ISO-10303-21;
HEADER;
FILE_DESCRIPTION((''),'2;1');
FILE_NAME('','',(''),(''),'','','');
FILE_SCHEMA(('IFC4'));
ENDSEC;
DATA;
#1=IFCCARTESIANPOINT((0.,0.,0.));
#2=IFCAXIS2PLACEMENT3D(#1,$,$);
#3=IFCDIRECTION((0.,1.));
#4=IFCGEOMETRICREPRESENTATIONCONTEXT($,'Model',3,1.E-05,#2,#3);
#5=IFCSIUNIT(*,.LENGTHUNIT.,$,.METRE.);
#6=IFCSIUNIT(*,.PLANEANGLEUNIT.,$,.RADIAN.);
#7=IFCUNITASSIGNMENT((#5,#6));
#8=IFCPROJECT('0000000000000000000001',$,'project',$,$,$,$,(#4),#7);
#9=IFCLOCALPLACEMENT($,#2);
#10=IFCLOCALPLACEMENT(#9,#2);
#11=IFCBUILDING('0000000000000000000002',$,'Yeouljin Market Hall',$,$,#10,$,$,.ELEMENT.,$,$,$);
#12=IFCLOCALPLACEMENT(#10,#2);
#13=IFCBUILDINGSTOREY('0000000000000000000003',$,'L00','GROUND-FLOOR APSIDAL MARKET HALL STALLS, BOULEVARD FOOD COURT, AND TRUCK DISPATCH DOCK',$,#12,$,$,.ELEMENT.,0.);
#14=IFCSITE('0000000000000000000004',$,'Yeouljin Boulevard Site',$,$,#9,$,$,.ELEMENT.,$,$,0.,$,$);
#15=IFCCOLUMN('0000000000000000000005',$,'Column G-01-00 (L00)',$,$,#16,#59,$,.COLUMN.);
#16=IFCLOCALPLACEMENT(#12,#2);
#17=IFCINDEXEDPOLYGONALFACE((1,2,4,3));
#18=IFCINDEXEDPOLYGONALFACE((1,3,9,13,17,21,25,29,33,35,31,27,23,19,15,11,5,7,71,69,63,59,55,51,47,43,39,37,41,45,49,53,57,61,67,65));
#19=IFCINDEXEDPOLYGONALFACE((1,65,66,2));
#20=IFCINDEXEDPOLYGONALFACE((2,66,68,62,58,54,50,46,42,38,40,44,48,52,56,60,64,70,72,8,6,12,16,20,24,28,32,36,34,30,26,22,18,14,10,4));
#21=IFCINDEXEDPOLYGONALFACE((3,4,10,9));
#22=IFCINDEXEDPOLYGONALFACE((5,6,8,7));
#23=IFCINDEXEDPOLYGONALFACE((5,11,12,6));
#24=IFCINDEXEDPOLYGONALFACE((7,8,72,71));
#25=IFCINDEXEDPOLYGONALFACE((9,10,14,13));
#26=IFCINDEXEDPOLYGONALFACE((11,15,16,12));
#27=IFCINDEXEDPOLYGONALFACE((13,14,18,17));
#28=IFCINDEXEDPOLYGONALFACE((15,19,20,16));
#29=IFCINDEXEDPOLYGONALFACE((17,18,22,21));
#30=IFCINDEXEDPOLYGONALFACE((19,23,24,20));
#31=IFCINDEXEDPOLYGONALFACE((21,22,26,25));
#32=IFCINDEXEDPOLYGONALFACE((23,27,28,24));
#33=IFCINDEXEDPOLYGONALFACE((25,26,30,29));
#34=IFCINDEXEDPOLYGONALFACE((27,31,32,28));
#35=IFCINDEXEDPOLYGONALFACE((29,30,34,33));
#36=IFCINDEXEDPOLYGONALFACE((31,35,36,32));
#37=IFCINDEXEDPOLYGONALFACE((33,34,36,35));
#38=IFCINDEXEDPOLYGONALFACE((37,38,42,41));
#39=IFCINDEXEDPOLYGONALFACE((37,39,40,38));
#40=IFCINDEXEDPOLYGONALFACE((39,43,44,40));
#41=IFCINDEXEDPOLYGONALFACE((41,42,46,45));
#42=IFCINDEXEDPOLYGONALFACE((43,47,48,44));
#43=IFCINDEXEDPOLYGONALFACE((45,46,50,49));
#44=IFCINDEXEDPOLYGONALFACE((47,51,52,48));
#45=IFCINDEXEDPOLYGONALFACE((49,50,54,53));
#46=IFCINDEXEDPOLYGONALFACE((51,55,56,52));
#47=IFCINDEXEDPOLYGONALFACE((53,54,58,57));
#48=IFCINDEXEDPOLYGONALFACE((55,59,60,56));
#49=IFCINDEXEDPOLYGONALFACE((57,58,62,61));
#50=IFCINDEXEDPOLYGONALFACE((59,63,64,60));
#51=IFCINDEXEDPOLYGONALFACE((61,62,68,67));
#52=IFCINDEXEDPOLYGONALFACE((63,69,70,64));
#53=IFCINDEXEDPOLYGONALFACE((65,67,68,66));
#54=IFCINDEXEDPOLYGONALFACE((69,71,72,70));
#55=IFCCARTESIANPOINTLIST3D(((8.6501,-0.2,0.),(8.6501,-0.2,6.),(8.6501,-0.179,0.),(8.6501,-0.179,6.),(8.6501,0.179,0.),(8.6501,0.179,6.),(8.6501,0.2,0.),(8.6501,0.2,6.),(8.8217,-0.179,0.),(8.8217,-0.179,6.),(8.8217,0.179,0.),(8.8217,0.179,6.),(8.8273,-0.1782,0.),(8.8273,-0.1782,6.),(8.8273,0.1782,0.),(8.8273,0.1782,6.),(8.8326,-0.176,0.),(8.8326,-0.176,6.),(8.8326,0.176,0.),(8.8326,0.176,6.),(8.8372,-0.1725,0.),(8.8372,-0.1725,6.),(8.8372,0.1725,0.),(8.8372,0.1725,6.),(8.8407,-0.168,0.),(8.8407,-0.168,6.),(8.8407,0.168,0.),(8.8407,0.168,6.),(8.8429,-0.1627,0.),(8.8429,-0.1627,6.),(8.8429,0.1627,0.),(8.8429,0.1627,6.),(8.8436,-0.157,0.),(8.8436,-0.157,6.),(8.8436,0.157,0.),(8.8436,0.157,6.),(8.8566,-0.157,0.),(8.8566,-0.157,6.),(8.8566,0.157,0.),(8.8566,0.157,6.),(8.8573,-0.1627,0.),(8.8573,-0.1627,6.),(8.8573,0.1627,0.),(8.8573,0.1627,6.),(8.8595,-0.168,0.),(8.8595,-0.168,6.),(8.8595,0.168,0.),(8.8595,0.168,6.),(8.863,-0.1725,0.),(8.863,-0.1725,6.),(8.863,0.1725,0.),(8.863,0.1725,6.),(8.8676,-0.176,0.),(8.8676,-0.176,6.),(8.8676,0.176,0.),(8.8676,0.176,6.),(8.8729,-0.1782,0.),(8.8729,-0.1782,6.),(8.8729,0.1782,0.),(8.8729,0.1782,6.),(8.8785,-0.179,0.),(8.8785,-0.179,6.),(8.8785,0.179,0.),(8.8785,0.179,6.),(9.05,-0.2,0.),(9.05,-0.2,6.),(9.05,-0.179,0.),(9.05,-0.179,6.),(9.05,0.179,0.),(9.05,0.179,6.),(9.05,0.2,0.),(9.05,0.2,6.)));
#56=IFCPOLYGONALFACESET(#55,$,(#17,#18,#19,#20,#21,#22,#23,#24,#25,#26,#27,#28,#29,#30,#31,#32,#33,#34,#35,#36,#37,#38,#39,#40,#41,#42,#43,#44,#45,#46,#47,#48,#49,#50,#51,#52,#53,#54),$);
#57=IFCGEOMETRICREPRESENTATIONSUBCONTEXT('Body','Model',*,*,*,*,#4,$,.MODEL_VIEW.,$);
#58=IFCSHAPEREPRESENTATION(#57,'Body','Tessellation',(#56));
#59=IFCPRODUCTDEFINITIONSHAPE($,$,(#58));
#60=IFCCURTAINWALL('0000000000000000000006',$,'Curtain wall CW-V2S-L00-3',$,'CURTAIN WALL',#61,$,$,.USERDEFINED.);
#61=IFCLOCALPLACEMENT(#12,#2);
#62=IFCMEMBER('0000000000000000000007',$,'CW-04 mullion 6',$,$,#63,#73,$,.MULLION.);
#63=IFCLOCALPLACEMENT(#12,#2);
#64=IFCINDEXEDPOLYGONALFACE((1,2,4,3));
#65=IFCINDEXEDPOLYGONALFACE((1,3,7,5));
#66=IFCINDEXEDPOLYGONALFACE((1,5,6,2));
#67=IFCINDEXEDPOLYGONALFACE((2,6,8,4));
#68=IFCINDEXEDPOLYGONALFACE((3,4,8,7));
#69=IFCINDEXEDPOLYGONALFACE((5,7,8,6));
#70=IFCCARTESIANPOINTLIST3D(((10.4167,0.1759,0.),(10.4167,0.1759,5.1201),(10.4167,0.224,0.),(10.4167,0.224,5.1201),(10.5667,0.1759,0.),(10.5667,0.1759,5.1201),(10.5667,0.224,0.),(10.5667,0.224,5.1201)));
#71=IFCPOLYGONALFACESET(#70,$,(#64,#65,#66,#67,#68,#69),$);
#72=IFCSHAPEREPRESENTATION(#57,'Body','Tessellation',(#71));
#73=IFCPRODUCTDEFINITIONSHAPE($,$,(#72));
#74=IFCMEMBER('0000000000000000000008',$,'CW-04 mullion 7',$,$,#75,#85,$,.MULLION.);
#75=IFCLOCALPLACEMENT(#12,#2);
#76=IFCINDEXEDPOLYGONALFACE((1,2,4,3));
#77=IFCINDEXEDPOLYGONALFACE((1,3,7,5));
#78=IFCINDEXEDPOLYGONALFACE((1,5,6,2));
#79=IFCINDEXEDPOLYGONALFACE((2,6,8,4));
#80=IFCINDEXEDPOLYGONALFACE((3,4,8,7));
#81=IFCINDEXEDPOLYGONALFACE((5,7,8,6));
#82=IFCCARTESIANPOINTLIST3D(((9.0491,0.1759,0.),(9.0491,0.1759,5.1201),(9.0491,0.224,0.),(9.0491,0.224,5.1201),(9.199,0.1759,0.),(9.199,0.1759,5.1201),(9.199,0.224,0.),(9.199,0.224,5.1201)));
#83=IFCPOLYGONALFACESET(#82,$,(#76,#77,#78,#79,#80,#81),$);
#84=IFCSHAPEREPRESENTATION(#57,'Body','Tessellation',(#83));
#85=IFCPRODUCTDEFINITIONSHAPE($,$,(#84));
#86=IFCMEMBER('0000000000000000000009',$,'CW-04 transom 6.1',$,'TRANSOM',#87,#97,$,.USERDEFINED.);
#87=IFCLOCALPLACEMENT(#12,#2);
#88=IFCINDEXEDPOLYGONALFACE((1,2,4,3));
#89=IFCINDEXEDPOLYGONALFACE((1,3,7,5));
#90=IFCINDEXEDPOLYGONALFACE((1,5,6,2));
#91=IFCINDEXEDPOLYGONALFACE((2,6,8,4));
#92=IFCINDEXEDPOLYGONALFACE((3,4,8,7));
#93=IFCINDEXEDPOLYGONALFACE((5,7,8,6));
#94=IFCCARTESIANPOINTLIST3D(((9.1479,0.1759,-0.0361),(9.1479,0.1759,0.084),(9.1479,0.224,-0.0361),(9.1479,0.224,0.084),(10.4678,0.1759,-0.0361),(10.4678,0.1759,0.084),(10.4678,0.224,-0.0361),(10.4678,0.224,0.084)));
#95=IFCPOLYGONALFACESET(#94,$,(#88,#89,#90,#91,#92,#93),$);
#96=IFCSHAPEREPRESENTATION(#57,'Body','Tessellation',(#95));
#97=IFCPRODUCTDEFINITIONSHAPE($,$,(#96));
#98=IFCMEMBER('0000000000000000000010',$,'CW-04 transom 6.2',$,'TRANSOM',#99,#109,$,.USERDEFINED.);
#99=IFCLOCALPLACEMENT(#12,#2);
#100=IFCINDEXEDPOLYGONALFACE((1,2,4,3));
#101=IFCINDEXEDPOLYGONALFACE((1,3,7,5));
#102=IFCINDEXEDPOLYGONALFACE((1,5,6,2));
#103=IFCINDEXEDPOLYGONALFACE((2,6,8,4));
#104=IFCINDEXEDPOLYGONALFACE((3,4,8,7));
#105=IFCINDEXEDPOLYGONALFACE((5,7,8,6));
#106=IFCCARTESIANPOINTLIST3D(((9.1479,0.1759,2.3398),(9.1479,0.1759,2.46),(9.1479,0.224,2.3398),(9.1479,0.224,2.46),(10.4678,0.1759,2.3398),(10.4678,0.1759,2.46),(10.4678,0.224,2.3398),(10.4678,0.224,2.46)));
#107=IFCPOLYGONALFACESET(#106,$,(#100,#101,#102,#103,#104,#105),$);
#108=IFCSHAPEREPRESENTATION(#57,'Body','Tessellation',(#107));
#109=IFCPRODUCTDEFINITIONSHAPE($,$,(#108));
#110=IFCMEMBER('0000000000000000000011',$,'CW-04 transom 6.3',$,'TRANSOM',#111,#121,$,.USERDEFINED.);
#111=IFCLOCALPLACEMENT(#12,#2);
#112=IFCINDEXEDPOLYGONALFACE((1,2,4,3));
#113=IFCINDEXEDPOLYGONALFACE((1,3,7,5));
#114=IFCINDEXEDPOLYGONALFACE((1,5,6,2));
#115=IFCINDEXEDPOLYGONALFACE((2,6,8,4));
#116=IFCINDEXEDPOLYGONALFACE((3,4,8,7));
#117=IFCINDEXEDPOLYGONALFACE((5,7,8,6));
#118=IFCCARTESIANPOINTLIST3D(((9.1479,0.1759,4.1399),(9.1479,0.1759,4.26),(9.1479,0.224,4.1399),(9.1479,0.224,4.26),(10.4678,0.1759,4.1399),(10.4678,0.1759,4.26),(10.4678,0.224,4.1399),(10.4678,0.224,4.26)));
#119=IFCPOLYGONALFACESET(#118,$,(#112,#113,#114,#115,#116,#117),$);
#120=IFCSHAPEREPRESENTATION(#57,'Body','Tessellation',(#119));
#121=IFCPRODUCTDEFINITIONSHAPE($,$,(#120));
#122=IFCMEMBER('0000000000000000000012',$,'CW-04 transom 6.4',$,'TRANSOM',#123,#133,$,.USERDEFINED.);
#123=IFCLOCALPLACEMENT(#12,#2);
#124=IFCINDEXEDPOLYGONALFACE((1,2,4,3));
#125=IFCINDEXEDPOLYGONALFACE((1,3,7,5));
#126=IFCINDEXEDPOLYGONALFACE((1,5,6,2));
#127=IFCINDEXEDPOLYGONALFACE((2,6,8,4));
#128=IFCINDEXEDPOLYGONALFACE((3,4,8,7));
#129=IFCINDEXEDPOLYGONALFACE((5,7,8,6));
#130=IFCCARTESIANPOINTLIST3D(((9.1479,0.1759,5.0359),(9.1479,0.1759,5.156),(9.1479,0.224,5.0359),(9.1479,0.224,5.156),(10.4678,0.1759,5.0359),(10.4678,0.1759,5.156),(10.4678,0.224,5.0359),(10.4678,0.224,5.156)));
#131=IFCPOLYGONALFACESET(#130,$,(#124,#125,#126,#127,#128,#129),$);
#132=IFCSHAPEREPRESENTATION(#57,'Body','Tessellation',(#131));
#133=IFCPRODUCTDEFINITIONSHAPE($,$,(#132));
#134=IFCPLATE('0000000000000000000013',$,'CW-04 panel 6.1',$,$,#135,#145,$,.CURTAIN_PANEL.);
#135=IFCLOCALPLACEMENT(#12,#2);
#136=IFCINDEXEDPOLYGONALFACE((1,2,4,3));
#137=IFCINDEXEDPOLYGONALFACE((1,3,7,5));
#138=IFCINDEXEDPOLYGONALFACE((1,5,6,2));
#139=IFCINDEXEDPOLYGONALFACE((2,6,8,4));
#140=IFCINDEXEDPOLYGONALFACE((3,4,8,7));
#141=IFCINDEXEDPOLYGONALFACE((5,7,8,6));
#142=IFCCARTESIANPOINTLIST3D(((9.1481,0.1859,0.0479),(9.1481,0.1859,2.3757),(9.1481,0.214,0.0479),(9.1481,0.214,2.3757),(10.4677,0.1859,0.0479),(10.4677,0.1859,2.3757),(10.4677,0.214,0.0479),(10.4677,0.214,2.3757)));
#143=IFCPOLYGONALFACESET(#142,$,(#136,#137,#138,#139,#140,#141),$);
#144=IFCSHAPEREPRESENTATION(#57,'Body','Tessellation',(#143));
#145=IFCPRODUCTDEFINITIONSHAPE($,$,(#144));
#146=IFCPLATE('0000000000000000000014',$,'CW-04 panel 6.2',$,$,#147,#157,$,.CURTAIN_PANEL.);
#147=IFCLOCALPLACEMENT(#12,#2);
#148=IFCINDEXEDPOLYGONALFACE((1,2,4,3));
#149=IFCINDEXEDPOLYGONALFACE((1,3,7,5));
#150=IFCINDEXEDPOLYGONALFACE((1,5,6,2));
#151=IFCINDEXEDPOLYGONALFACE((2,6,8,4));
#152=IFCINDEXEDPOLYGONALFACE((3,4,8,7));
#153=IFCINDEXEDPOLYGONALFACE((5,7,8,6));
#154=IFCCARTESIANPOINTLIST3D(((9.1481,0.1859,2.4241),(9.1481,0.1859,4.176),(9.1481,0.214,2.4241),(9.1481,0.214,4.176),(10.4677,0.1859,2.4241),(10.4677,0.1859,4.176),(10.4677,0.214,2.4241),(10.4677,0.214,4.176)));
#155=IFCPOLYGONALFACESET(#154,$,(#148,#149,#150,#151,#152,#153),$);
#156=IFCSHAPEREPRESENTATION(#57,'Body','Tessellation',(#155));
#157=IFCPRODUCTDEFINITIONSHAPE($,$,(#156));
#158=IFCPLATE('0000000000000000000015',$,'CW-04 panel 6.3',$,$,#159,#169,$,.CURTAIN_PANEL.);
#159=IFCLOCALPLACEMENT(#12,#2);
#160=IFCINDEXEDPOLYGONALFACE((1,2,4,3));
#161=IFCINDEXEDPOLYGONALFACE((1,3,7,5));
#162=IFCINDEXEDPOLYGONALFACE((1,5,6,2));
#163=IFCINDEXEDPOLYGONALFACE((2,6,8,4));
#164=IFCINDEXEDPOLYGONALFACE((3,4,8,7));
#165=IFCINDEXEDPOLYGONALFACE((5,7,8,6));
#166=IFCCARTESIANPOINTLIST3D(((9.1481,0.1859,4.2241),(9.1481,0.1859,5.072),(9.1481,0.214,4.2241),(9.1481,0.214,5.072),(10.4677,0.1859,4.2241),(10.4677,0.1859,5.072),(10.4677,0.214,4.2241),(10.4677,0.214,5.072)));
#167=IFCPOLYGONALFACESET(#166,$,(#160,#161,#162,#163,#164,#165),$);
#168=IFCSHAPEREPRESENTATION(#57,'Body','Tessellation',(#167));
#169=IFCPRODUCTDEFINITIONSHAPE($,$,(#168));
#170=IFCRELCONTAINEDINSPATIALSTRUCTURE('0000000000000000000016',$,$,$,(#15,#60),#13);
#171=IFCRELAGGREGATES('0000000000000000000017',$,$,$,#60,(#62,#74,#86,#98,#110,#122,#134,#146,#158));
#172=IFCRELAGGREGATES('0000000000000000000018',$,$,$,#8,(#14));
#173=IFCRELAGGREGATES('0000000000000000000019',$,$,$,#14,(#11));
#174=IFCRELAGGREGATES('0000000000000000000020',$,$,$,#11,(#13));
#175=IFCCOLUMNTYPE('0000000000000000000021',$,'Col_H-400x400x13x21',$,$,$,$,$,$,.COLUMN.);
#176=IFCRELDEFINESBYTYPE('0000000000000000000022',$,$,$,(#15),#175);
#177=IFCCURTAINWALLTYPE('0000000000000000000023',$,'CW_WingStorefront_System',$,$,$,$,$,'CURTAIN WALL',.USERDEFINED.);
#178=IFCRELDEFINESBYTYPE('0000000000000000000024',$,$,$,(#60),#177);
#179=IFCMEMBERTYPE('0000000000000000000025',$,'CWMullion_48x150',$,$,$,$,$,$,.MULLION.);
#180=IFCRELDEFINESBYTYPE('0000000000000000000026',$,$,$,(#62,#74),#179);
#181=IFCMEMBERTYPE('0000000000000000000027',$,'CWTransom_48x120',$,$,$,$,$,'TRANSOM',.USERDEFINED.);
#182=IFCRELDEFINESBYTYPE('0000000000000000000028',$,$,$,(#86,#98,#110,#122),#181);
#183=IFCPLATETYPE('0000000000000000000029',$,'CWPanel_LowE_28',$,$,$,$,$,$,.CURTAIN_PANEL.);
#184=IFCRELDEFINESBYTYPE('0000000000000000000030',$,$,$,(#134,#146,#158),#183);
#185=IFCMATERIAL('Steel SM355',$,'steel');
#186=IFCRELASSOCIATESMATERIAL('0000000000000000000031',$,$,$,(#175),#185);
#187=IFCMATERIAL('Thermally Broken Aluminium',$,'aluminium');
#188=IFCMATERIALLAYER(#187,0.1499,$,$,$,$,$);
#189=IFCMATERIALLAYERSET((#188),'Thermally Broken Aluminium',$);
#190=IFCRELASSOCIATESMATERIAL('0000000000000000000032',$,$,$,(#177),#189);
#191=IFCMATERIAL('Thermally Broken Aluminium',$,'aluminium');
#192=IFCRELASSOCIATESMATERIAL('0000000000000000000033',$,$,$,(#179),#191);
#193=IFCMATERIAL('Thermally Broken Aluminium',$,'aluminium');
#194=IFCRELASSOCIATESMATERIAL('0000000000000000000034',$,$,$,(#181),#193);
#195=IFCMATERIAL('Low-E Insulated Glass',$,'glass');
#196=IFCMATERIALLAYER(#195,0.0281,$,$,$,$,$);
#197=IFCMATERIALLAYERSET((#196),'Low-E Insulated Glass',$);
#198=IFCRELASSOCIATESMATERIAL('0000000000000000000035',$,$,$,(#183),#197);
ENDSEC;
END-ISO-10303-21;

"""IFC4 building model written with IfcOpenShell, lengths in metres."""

from ifc_helpers import new_model, si_unit, direction, frame, origin, origin_2d, place, context, subcontext, project, spatial, rectangle, i_section, extrude, material, layer, layer_set, material_profile, profile_set, type_object, element, aggregate, save


model = new_model("IFC4")

# Units and contexts
model_context = context("Model", 3, precision=1e-05, world=origin(), true_north=direction((0.0, 1.0)))
body_context = subcontext(model_context, "Body", "Model", "MODEL_VIEW")
ifc_project = project(units=[si_unit("LENGTHUNIT", "METRE"), si_unit("PLANEANGLEUNIT", "RADIAN")], contexts=[model_context])

# Site, building, storey
site_placement = place(None, origin())
site = spatial("IfcSite", under=ifc_project, at=site_placement, Name="Yeouljin Boulevard Site", CompositionType="ELEMENT", RefElevation=0.0)
building_placement = place(site_placement, origin())
building = spatial("IfcBuilding", under=site, at=building_placement, Name="Yeouljin Market Hall", CompositionType="ELEMENT")
storey_placement = place(building_placement, origin())
storey = spatial("IfcBuildingStorey", under=building, at=storey_placement, Name="L00", Description="GROUND-FLOOR APSIDAL MARKET HALL STALLS, BOULEVARD FOOD COURT, AND TRUCK DISPATCH DOCK", CompositionType="ELEMENT", Elevation=0.0)

# Column
ifc_material_1 = material(Name="Steel SM355", Category="steel")
ifc_material_profile_1 = material_profile(ifc_material_1, i_section(OverallWidth=0.3999, OverallDepth=0.3999, WebThickness=0.0129, FlangeThickness=0.021, FilletRadius=0.022, at=origin_2d()), Name="H-400x400x13x21")
ifc_profile_set_1 = profile_set([ifc_material_profile_1], Name="Steel SM355")
column_type = type_object("IfcColumnType", Name="Col_H-400x400x13x21", PredefinedType="COLUMN", material=ifc_profile_set_1)
column_placement = place(storey_placement, frame((8.8501, 0.0, 0.0), z_axis=(0.0, 0.0, 1.0), x_axis=(1.0, 0.0, 0.0)))
element("IfcColumn", 1, at=column_placement, inside=storey, type_object=column_type, Name="Column G-01-00 (L00)", PredefinedType="COLUMN", context=body_context, shape_type="SweptSolid", body=[
    extrude(i_section(OverallWidth=0.3999, OverallDepth=0.3999, WebThickness=0.0129, FlangeThickness=0.021, FilletRadius=0.022, at=origin_2d()), origin(), (0.0, 0.0, 1.0), 6.0),
])

# Curtain wall, members, plates
ifc_material_2 = material(Name="Thermally Broken Aluminium", Category="aluminium")
ifc_layer_1 = layer(ifc_material_2, 0.1499)
ifc_layer_set_1 = layer_set([ifc_layer_1], Name="Thermally Broken Aluminium")
curtain_wall_type = type_object("IfcCurtainWallType", Name="CW_WingStorefront_System", ElementType="CURTAIN WALL", PredefinedType="USERDEFINED", material=ifc_layer_set_1)
curtain_wall_placement = place(storey_placement, origin())
curtain_wall = element("IfcCurtainWall", 2, at=curtain_wall_placement, inside=storey, type_object=curtain_wall_type, Name="Curtain wall CW-V2S-L00-3", ObjectType="CURTAIN WALL", PredefinedType="USERDEFINED")
ifc_material_3 = material(Name="Thermally Broken Aluminium", Category="aluminium")
ifc_material_profile_2 = material_profile(ifc_material_3, rectangle(XDim=0.0481, YDim=0.1499, at=origin_2d()), Name="CW-MULL-48x150")
ifc_profile_set_2 = profile_set([ifc_material_profile_2], Name="Thermally Broken Aluminium")
member_type_1 = type_object("IfcMemberType", Name="CWMullion_48x150", PredefinedType="MULLION", material=ifc_profile_set_2)
member_1_placement = place(storey_placement, frame((10.4917, 0.2, 0.0), z_axis=(0.0, 0.0, 1.0), x_axis=(0.0, -1.0, 0.0)))
member_1 = element("IfcMember", 3, at=member_1_placement, type_object=member_type_1, Name="CW-04 mullion 6", PredefinedType="MULLION", context=body_context, shape_type="SweptSolid", body=[
    extrude(rectangle(XDim=0.0481, YDim=0.1499, at=origin_2d()), origin(), (0.0, 0.0, 1.0), 5.1201),
])
member_2_placement = place(storey_placement, frame((9.124, 0.2, 0.0), z_axis=(0.0, 0.0, 1.0), x_axis=(0.0, -1.0, 0.0)))
member_2 = element("IfcMember", 4, at=member_2_placement, type_object=member_type_1, Name="CW-04 mullion 7", PredefinedType="MULLION", context=body_context, shape_type="SweptSolid", body=[
    extrude(rectangle(XDim=0.0481, YDim=0.1499, at=origin_2d()), origin(), (0.0, 0.0, 1.0), 5.1201),
])
ifc_material_4 = material(Name="Thermally Broken Aluminium", Category="aluminium")
ifc_material_profile_3 = material_profile(ifc_material_4, rectangle(XDim=0.0481, YDim=0.1201, at=origin_2d()), Name="CW-TRAN-48x120")
ifc_profile_set_3 = profile_set([ifc_material_profile_3], Name="Thermally Broken Aluminium")
member_type_2 = type_object("IfcMemberType", Name="CWTransom_48x120", ElementType="TRANSOM", PredefinedType="USERDEFINED", material=ifc_profile_set_3)
member_3_placement = place(storey_placement, frame((10.4678, 0.2, 0.0239), z_axis=(-1.0, 0.0, 0.0), x_axis=(0.0, -1.0, 0.0)))
member_3 = element("IfcMember", 5, at=member_3_placement, type_object=member_type_2, Name="CW-04 transom 6.1", ObjectType="TRANSOM", PredefinedType="USERDEFINED", context=body_context, shape_type="SweptSolid", body=[
    extrude(rectangle(XDim=0.0481, YDim=0.1201, at=origin_2d()), origin(), (0.0, 0.0, 1.0), 1.3198),
])
member_4_placement = place(storey_placement, frame((10.4678, 0.2, 2.3999), z_axis=(-1.0, 0.0, 0.0), x_axis=(0.0, -1.0, 0.0)))
member_4 = element("IfcMember", 6, at=member_4_placement, type_object=member_type_2, Name="CW-04 transom 6.2", ObjectType="TRANSOM", PredefinedType="USERDEFINED", context=body_context, shape_type="SweptSolid", body=[
    extrude(rectangle(XDim=0.0481, YDim=0.1201, at=origin_2d()), origin(), (0.0, 0.0, 1.0), 1.3198),
])
member_5_placement = place(storey_placement, frame((10.4678, 0.2, 4.2), z_axis=(-1.0, 0.0, 0.0), x_axis=(0.0, -1.0, 0.0)))
member_5 = element("IfcMember", 7, at=member_5_placement, type_object=member_type_2, Name="CW-04 transom 6.3", ObjectType="TRANSOM", PredefinedType="USERDEFINED", context=body_context, shape_type="SweptSolid", body=[
    extrude(rectangle(XDim=0.0481, YDim=0.1201, at=origin_2d()), origin(), (0.0, 0.0, 1.0), 1.3198),
])
member_6_placement = place(storey_placement, frame((10.4678, 0.2, 5.0959), z_axis=(-1.0, 0.0, 0.0), x_axis=(0.0, -1.0, 0.0)))
member_6 = element("IfcMember", 8, at=member_6_placement, type_object=member_type_2, Name="CW-04 transom 6.4", ObjectType="TRANSOM", PredefinedType="USERDEFINED", context=body_context, shape_type="SweptSolid", body=[
    extrude(rectangle(XDim=0.0481, YDim=0.1201, at=origin_2d()), origin(), (0.0, 0.0, 1.0), 1.3198),
])
ifc_material_5 = material(Name="Low-E Insulated Glass", Category="glass")
ifc_layer_2 = layer(ifc_material_5, 0.0281)
ifc_layer_set_2 = layer_set([ifc_layer_2], Name="Low-E Insulated Glass")
plate_type = type_object("IfcPlateType", Name="CWPanel_LowE_28", PredefinedType="CURTAIN_PANEL", material=ifc_layer_set_2)
plate_1_placement = place(storey_placement, frame((9.8079, 0.2, 0.0479), z_axis=(0.0, 0.0, 1.0), x_axis=(-1.0, 0.0, 0.0)))
plate_1 = element("IfcPlate", 9, at=plate_1_placement, type_object=plate_type, Name="CW-04 panel 6.1", PredefinedType="CURTAIN_PANEL", context=body_context, shape_type="SweptSolid", body=[
    extrude(rectangle(XDim=1.3196, YDim=0.0281, at=origin_2d()), origin(), (0.0, 0.0, 1.0), 2.3279),
])
plate_2_placement = place(storey_placement, frame((9.8079, 0.2, 2.4241), z_axis=(0.0, 0.0, 1.0), x_axis=(-1.0, 0.0, 0.0)))
plate_2 = element("IfcPlate", 10, at=plate_2_placement, type_object=plate_type, Name="CW-04 panel 6.2", PredefinedType="CURTAIN_PANEL", context=body_context, shape_type="SweptSolid", body=[
    extrude(rectangle(XDim=1.3196, YDim=0.0281, at=origin_2d()), origin(), (0.0, 0.0, 1.0), 1.752),
])
plate_3_placement = place(storey_placement, frame((9.8079, 0.2, 4.2241), z_axis=(0.0, 0.0, 1.0), x_axis=(-1.0, 0.0, 0.0)))
plate_3 = element("IfcPlate", 11, at=plate_3_placement, type_object=plate_type, Name="CW-04 panel 6.3", PredefinedType="CURTAIN_PANEL", context=body_context, shape_type="SweptSolid", body=[
    extrude(rectangle(XDim=1.3196, YDim=0.0281, at=origin_2d()), origin(), (0.0, 0.0, 1.0), 0.8479),
])
aggregate(curtain_wall, [member_1, member_2, member_3, member_4, member_5, member_6, plate_1, plate_2, plate_3])

save(model, "model.ifc")
